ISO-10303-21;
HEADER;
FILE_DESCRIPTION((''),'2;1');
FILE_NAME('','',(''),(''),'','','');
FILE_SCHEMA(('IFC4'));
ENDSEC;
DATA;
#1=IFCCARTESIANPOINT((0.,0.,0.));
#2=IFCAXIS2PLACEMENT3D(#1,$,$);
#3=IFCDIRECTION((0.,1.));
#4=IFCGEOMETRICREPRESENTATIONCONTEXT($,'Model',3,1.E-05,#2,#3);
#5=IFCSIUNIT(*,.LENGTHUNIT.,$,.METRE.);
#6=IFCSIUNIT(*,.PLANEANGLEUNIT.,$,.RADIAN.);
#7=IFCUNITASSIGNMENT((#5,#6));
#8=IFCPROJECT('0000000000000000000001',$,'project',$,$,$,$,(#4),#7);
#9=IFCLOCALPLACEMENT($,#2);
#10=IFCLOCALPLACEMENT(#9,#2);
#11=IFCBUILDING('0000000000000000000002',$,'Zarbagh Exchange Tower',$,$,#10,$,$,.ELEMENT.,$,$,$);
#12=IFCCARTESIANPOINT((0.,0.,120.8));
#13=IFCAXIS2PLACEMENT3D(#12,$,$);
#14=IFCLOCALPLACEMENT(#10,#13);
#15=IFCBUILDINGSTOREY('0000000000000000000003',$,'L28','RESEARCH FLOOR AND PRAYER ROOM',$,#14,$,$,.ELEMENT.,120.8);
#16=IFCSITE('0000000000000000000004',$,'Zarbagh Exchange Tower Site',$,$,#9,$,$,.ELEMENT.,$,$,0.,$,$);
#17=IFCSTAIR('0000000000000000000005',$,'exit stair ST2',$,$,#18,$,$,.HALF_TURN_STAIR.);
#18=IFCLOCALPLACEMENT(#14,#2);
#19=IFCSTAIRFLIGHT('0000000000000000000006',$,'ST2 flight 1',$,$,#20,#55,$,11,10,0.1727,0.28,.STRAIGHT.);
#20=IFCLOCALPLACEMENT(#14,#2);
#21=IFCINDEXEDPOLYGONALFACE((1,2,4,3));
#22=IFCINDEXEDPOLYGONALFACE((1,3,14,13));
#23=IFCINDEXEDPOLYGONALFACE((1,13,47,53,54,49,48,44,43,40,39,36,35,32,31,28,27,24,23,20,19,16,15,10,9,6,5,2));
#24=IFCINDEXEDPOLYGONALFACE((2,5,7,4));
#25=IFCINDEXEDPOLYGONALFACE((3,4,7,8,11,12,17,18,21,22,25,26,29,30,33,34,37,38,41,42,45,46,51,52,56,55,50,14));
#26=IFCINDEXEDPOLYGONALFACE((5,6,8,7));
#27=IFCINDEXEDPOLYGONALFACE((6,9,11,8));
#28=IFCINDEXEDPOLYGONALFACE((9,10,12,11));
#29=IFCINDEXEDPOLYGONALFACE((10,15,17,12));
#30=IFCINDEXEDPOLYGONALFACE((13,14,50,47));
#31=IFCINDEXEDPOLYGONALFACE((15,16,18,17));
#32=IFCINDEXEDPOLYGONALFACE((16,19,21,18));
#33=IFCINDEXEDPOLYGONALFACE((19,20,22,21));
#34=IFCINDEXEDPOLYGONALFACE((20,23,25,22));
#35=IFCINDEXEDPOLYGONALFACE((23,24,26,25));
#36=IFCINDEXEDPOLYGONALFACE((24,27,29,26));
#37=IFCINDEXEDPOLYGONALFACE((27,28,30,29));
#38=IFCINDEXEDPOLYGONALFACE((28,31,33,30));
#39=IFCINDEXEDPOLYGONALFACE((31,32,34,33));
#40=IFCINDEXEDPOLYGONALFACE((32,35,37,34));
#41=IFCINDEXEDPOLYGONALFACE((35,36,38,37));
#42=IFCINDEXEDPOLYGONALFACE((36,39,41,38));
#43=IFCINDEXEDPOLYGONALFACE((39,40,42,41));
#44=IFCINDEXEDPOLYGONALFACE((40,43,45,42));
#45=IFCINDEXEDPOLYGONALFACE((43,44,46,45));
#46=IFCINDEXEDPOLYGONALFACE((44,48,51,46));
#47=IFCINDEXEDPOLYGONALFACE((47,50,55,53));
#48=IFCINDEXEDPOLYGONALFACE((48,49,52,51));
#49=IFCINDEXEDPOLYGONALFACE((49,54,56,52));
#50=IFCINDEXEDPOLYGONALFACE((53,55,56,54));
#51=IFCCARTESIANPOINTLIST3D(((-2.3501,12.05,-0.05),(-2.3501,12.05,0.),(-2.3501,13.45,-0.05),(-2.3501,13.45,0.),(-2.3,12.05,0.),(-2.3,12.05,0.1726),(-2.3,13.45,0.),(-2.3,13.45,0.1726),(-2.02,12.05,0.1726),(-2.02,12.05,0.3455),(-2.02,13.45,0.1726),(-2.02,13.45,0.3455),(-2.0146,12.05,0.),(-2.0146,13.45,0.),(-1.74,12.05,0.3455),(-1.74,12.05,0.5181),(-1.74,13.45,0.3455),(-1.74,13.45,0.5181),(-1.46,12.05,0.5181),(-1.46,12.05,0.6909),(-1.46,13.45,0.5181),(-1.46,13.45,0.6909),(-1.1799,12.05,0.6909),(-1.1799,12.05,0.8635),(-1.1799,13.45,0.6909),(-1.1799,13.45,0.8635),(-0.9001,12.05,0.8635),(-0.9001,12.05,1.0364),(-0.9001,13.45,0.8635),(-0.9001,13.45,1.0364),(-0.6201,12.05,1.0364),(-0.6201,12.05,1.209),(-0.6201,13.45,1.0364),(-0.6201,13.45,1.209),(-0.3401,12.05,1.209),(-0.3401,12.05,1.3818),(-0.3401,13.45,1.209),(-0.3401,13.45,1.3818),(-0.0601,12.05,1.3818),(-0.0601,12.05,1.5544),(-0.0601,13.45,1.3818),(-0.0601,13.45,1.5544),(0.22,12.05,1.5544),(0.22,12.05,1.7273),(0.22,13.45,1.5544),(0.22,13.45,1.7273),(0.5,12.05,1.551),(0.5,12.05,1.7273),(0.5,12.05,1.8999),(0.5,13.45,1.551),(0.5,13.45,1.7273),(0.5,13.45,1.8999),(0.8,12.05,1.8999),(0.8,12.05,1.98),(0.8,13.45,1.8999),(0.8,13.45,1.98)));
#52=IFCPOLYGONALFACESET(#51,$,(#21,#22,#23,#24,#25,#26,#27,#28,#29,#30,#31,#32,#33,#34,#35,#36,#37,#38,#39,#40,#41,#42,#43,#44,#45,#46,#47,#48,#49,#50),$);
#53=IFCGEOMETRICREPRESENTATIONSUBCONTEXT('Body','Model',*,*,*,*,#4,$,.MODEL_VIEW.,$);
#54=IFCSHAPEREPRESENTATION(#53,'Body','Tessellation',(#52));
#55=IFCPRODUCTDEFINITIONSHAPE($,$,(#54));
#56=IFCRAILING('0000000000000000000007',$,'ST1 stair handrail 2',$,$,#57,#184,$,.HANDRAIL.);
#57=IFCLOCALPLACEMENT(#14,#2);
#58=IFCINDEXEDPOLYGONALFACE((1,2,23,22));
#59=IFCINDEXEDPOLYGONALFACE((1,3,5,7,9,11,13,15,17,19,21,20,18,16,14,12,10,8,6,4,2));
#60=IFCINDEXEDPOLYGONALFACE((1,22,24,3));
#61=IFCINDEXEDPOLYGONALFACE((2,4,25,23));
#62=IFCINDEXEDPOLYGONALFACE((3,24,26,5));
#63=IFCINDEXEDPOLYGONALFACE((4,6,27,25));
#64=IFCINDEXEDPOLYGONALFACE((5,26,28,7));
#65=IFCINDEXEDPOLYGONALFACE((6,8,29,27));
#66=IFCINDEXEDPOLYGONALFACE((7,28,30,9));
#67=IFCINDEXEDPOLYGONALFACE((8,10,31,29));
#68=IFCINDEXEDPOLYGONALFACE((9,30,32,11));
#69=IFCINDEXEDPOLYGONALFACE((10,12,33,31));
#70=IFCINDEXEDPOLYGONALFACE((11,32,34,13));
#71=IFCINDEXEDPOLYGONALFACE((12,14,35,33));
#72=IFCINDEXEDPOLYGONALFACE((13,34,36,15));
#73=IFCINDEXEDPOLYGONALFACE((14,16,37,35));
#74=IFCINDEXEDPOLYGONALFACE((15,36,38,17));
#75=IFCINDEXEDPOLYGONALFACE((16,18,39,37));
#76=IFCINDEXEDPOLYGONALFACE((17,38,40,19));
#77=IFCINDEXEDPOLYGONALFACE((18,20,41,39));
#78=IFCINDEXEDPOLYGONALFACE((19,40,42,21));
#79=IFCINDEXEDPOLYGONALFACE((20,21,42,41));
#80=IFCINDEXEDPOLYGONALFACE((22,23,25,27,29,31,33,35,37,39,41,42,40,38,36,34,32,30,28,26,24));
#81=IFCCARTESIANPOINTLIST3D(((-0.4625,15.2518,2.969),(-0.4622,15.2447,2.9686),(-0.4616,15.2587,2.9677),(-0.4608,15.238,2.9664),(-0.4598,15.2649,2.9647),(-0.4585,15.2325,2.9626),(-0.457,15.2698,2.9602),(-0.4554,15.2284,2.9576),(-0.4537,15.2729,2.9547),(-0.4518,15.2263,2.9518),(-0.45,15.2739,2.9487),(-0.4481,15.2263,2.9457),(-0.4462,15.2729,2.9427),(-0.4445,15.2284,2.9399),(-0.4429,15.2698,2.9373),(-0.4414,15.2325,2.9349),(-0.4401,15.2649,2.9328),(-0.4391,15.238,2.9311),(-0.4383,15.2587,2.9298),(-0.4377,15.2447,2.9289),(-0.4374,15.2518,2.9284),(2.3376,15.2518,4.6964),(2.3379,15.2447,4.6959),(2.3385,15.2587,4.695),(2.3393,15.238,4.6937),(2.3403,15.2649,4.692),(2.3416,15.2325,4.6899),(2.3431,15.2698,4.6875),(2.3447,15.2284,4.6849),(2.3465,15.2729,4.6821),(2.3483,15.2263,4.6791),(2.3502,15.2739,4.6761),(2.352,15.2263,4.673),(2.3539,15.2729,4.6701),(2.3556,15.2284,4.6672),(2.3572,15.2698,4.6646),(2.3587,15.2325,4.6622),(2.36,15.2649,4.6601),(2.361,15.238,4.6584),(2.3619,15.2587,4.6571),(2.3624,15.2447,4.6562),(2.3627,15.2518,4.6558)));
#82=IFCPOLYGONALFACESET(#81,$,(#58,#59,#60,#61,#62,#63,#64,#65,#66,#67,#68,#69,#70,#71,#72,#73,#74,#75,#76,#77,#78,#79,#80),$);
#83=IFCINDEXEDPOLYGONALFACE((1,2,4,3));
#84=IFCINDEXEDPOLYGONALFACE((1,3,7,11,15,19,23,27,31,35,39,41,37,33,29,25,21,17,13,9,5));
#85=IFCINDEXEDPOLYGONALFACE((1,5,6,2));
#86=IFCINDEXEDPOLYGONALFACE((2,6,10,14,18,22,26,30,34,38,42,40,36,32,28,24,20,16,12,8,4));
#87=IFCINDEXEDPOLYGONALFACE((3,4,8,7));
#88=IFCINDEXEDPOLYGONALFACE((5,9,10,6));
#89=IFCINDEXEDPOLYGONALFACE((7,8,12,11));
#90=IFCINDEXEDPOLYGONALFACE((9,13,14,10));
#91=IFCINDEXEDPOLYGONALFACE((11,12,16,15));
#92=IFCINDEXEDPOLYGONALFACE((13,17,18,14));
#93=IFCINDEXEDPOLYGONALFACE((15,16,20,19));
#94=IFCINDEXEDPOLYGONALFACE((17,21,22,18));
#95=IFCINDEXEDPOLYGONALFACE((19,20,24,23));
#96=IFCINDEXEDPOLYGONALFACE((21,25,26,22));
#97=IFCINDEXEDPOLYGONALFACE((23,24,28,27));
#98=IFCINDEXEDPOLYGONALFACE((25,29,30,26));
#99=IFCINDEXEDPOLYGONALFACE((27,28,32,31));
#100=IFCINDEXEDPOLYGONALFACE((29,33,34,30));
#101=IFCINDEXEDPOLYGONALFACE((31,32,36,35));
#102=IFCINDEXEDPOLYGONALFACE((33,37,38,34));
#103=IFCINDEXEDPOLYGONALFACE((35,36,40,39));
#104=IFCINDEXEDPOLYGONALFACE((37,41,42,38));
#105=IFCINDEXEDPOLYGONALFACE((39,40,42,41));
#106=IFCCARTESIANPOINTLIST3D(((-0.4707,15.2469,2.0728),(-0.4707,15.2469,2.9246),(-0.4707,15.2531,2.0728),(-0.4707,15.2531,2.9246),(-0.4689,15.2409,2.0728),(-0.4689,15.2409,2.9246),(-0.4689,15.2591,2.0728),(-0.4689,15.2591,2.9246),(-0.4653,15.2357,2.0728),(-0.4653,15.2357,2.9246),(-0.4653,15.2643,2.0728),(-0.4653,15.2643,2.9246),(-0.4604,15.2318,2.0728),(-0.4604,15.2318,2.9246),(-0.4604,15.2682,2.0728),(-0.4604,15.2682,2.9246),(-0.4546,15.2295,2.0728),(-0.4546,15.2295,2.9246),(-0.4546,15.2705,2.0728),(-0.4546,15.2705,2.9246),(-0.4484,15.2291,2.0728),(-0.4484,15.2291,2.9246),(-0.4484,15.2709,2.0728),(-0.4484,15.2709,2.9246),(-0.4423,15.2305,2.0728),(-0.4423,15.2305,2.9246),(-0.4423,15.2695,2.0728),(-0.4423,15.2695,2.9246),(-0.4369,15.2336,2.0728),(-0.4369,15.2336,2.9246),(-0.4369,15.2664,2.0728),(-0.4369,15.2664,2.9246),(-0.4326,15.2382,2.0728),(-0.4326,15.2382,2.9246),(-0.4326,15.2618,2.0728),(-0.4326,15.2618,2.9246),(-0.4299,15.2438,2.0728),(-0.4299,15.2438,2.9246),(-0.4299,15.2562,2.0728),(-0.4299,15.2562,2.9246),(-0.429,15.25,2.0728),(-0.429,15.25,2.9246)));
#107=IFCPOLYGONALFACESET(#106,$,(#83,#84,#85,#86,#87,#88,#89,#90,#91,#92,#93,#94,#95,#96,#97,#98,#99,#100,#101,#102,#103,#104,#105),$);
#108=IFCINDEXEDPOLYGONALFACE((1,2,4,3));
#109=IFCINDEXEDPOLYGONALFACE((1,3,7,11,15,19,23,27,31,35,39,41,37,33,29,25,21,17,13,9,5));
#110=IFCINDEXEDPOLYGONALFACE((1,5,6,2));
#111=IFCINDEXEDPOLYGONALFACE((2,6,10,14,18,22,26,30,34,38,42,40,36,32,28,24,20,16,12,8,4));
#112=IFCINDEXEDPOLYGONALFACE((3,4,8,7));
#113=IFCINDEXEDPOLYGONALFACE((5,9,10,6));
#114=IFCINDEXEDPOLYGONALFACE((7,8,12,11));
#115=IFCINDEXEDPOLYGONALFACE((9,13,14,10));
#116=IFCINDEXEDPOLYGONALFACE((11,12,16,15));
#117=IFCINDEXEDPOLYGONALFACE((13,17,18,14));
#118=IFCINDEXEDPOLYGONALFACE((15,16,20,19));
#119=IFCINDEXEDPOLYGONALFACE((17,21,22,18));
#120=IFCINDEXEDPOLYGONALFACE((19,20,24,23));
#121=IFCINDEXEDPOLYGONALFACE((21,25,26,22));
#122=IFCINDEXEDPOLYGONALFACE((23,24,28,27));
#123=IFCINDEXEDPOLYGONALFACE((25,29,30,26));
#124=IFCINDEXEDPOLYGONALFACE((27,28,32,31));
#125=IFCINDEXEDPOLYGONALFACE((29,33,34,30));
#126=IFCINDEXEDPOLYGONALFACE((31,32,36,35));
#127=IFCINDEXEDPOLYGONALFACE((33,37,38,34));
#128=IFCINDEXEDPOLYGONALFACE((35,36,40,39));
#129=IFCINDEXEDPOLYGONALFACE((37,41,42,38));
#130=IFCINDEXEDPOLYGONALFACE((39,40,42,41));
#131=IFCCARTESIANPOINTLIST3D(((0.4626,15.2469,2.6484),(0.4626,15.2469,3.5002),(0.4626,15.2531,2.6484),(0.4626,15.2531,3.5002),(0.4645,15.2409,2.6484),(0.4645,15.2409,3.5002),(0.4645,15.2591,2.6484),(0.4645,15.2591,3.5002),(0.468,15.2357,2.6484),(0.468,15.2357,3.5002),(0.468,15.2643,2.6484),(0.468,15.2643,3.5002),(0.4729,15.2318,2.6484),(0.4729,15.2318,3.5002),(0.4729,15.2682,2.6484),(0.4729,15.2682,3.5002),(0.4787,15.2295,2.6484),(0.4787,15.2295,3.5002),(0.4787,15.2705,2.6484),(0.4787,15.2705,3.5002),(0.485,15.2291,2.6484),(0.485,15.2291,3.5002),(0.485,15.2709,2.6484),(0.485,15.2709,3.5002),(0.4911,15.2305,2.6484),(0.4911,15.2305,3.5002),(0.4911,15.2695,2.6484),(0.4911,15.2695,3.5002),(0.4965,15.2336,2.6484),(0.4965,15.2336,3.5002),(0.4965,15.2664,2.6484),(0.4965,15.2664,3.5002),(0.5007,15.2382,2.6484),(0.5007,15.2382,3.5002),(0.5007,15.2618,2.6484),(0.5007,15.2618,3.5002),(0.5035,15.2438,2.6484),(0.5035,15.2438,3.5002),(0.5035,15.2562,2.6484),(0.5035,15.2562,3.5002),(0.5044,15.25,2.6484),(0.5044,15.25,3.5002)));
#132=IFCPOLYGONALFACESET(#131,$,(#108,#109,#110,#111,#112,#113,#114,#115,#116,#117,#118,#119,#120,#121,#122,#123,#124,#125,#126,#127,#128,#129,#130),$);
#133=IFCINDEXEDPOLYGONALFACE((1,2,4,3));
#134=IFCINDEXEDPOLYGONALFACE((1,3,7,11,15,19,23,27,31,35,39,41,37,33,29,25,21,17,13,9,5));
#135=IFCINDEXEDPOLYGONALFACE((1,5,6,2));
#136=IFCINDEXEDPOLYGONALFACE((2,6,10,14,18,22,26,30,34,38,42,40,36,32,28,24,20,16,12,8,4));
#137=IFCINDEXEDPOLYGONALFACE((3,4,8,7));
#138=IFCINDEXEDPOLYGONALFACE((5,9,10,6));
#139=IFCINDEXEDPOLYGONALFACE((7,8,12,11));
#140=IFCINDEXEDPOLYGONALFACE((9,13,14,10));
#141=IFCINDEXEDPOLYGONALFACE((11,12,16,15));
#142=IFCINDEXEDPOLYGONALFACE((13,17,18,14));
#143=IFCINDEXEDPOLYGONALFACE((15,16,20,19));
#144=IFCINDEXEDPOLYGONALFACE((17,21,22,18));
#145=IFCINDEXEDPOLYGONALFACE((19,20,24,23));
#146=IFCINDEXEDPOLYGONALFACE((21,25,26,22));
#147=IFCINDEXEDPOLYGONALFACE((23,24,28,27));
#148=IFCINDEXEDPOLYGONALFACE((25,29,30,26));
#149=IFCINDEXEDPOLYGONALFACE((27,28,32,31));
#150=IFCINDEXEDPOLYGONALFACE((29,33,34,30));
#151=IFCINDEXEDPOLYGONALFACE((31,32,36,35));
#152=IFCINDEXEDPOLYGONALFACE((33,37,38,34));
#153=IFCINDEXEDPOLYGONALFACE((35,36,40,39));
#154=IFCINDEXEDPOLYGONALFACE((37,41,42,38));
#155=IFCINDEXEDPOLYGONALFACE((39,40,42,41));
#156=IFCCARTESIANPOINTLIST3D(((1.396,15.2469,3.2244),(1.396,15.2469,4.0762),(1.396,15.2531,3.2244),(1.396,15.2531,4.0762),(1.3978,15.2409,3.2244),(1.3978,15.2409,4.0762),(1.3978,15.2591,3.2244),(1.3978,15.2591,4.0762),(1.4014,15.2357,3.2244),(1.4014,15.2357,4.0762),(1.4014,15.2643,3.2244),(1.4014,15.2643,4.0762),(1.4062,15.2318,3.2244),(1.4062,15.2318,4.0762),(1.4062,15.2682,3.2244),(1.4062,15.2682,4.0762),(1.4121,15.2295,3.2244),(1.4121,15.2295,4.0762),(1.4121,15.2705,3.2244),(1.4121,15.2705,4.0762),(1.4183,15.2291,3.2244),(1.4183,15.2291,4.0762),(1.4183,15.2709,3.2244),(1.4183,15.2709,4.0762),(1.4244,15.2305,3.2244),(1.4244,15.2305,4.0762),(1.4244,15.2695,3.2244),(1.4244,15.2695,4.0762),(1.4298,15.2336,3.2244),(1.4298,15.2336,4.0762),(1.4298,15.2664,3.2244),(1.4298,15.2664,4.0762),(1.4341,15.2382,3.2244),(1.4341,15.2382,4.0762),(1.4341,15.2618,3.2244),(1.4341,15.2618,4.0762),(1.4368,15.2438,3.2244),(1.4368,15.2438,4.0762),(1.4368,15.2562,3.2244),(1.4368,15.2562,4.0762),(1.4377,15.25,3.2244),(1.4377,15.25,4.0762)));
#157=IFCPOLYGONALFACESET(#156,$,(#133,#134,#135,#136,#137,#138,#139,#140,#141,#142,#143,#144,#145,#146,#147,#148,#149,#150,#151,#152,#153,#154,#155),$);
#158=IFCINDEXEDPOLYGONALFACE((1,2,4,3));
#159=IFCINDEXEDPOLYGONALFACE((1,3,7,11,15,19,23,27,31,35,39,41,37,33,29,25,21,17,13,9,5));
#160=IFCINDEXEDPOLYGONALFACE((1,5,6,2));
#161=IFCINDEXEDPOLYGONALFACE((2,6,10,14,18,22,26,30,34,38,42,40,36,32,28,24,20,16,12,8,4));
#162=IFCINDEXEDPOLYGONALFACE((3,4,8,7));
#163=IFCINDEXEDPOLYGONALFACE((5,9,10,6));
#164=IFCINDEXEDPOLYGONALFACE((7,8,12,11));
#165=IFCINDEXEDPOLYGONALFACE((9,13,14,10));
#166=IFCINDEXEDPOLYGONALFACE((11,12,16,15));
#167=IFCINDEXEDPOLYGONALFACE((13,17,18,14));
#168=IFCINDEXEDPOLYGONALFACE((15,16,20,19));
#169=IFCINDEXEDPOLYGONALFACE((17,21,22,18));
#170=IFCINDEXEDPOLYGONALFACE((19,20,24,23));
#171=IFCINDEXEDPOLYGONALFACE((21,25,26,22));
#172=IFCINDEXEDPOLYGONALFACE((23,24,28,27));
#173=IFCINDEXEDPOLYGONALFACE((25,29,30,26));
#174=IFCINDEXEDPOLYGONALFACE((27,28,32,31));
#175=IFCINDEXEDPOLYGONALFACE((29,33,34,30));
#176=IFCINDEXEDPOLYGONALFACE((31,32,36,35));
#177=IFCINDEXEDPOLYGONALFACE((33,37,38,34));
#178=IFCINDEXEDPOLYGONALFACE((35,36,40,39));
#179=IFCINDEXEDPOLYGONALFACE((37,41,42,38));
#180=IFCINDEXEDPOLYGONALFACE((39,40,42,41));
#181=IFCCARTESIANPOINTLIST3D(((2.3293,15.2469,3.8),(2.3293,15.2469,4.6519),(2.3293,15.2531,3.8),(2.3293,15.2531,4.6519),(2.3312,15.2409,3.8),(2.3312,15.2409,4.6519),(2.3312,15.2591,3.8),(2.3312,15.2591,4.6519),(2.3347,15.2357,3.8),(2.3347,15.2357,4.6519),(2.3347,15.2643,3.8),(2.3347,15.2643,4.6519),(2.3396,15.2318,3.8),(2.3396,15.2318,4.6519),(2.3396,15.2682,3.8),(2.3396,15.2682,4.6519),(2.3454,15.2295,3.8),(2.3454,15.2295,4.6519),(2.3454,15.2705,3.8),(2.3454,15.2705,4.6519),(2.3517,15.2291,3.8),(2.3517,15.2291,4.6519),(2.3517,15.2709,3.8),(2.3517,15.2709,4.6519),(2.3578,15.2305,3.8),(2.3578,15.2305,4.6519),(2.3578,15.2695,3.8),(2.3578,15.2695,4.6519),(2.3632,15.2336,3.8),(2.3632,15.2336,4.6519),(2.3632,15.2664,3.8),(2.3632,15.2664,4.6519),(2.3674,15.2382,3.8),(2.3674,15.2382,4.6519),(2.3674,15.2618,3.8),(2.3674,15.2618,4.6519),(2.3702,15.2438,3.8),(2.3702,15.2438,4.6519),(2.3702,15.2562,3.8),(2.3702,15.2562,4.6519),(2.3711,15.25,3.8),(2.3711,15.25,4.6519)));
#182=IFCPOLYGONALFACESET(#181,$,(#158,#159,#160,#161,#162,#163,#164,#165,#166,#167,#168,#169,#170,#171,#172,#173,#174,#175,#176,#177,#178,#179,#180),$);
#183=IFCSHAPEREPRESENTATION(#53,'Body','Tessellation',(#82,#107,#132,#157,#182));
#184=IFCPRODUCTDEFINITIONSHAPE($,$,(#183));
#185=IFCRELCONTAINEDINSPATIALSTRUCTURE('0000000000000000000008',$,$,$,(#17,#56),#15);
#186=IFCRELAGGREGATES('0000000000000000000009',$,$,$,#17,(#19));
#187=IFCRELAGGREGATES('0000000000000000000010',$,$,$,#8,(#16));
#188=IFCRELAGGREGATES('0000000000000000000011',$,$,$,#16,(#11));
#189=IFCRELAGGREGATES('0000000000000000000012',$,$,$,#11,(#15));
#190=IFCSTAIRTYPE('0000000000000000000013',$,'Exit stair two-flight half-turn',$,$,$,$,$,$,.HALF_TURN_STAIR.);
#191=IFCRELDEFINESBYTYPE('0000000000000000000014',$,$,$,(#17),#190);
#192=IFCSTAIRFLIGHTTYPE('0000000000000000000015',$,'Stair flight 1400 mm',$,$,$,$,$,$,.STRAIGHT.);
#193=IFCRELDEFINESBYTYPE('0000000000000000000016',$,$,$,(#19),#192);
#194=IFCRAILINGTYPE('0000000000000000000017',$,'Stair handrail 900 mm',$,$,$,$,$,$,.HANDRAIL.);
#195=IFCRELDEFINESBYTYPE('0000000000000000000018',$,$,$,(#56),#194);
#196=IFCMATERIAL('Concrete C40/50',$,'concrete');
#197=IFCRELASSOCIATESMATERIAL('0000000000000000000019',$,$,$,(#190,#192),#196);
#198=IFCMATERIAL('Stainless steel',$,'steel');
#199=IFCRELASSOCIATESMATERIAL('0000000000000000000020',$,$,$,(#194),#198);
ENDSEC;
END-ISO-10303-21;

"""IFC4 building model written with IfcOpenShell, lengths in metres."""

from ifc_helpers import new_model, si_unit, direction, frame, origin, origin_2d, place, context, subcontext, project, spatial, polyline, circle, outline, extrude, material, type_object, element, aggregate, save


model = new_model("IFC4")

# Units and contexts
model_context = context("Model", 3, precision=1e-05, world=origin(), true_north=direction((0.0, 1.0)))
body_context = subcontext(model_context, "Body", "Model", "MODEL_VIEW")
ifc_project = project(units=[si_unit("LENGTHUNIT", "METRE"), si_unit("PLANEANGLEUNIT", "RADIAN")], contexts=[model_context])

# Site, building, storey
site_placement = place(None, origin())
site = spatial("IfcSite", under=ifc_project, at=site_placement, Name="Zarbagh Exchange Tower Site", CompositionType="ELEMENT", RefElevation=0.0)
building_placement = place(site_placement, origin())
building = spatial("IfcBuilding", under=site, at=building_placement, Name="Zarbagh Exchange Tower", CompositionType="ELEMENT")
storey_placement = place(building_placement, frame((0.0, 0.0, 120.8)))
storey = spatial("IfcBuildingStorey", under=building, at=storey_placement, Name="L28", Description="RESEARCH FLOOR AND PRAYER ROOM", CompositionType="ELEMENT", Elevation=120.8)

# Shared definitions
ifc_material_1 = material(Name="Stainless steel", Category="steel")

# Stair, stair flight
ifc_material_2 = material(Name="Concrete C40/50", Category="concrete")
stair_type = type_object("IfcStairType", Name="Exit stair two-flight half-turn", PredefinedType="HALF_TURN_STAIR", material=ifc_material_2)
stair_1_placement = place(storey_placement, origin())
stair_1 = element("IfcStair", 1, at=stair_1_placement, inside=storey, type_object=stair_type, Name="exit stair ST2", PredefinedType="HALF_TURN_STAIR")
stair_flight_type_1 = type_object("IfcStairFlightType", Name="Stair flight 1400 mm", PredefinedType="STRAIGHT", material=ifc_material_2)
stair_flight_1_placement = place(storey_placement, frame((-2.3, 12.75, 0.0), z_axis=(0.0, 0.0, 1.0), x_axis=(1.0, 0.0, 0.0)))
stair_flight_1 = element("IfcStairFlight", 2, at=stair_flight_1_placement, type_object=stair_flight_type_1, Name="ST2 flight 1", NumberOfRisers=11, NumberOfTreads=10, PredefinedType="STRAIGHT", RiserHeight=0.1727, TreadLength=0.28, context=body_context, shape_type="SweptSolid", body=[
    extrude(outline(polyline([(-0.05, -0.05), (-0.05, 0.0), (0.0, 0.0), (0.0, 0.1726), (0.28, 0.1726), (0.28, 0.3455), (0.5601, 0.3455), (0.5601, 0.5181), (0.8401, 0.5181), (0.8401, 0.6909), (1.1201, 0.6909), (1.1201, 0.8635), (1.3999, 0.8635), (1.3999, 1.0364), (1.6799, 1.0364), (1.6799, 1.209), (1.96, 1.209), (1.96, 1.3818), (2.24, 1.3818), (2.24, 1.5544), (2.52, 1.5544), (2.52, 1.7273), (2.8, 1.7273), (2.8, 1.8999), (3.1001, 1.98), (3.1001, 1.8999), (2.8, 1.551), (0.2854, 0.0), (-0.05, -0.05)])), frame((0.0, 0.7, 0.0), z_axis=(0.0, -1.0, 0.0), x_axis=(1.0, 0.0, 0.0)), (0.0, 0.0, 1.0), 1.3999),
])
aggregate(stair_1, [stair_flight_1])

# Railing
railing_type_1 = type_object("IfcRailingType", Name="Stair handrail 900 mm", PredefinedType="HANDRAIL", material=ifc_material_1)
railing_1_placement = place(storey_placement, frame((-0.45, 15.25, 2.0728)))
element("IfcRailing", 3, at=railing_1_placement, inside=storey, type_object=railing_type_1, Name="ST1 stair handrail 2", PredefinedType="HANDRAIL", context=body_context, shape_type="SweptSolid", body=[
    extrude(circle(Radius=0.0239, at=origin_2d()), frame((0.0, 0.0, 0.876), z_axis=(0.85109, 0.0, 0.52502), x_axis=(0.0, 1.0, 0.0)), (0.0, 0.0, 1.0), 3.29),
    extrude(circle(Radius=0.021, at=origin_2d()), origin(), (0.0, 0.0, 1.0), 0.8518),
    extrude(circle(Radius=0.021, at=origin_2d()), frame((0.9333, 0.0, 0.5757)), (0.0, 0.0, 1.0), 0.8518),
    extrude(circle(Radius=0.021, at=origin_2d()), frame((1.8667, 0.0, 1.1516)), (0.0, 0.0, 1.0), 0.8518),
    extrude(circle(Radius=0.021, at=origin_2d()), frame((2.8, 0.0, 1.7273)), (0.0, 0.0, 1.0), 0.8518),
])

save(model, "model.ifc")
